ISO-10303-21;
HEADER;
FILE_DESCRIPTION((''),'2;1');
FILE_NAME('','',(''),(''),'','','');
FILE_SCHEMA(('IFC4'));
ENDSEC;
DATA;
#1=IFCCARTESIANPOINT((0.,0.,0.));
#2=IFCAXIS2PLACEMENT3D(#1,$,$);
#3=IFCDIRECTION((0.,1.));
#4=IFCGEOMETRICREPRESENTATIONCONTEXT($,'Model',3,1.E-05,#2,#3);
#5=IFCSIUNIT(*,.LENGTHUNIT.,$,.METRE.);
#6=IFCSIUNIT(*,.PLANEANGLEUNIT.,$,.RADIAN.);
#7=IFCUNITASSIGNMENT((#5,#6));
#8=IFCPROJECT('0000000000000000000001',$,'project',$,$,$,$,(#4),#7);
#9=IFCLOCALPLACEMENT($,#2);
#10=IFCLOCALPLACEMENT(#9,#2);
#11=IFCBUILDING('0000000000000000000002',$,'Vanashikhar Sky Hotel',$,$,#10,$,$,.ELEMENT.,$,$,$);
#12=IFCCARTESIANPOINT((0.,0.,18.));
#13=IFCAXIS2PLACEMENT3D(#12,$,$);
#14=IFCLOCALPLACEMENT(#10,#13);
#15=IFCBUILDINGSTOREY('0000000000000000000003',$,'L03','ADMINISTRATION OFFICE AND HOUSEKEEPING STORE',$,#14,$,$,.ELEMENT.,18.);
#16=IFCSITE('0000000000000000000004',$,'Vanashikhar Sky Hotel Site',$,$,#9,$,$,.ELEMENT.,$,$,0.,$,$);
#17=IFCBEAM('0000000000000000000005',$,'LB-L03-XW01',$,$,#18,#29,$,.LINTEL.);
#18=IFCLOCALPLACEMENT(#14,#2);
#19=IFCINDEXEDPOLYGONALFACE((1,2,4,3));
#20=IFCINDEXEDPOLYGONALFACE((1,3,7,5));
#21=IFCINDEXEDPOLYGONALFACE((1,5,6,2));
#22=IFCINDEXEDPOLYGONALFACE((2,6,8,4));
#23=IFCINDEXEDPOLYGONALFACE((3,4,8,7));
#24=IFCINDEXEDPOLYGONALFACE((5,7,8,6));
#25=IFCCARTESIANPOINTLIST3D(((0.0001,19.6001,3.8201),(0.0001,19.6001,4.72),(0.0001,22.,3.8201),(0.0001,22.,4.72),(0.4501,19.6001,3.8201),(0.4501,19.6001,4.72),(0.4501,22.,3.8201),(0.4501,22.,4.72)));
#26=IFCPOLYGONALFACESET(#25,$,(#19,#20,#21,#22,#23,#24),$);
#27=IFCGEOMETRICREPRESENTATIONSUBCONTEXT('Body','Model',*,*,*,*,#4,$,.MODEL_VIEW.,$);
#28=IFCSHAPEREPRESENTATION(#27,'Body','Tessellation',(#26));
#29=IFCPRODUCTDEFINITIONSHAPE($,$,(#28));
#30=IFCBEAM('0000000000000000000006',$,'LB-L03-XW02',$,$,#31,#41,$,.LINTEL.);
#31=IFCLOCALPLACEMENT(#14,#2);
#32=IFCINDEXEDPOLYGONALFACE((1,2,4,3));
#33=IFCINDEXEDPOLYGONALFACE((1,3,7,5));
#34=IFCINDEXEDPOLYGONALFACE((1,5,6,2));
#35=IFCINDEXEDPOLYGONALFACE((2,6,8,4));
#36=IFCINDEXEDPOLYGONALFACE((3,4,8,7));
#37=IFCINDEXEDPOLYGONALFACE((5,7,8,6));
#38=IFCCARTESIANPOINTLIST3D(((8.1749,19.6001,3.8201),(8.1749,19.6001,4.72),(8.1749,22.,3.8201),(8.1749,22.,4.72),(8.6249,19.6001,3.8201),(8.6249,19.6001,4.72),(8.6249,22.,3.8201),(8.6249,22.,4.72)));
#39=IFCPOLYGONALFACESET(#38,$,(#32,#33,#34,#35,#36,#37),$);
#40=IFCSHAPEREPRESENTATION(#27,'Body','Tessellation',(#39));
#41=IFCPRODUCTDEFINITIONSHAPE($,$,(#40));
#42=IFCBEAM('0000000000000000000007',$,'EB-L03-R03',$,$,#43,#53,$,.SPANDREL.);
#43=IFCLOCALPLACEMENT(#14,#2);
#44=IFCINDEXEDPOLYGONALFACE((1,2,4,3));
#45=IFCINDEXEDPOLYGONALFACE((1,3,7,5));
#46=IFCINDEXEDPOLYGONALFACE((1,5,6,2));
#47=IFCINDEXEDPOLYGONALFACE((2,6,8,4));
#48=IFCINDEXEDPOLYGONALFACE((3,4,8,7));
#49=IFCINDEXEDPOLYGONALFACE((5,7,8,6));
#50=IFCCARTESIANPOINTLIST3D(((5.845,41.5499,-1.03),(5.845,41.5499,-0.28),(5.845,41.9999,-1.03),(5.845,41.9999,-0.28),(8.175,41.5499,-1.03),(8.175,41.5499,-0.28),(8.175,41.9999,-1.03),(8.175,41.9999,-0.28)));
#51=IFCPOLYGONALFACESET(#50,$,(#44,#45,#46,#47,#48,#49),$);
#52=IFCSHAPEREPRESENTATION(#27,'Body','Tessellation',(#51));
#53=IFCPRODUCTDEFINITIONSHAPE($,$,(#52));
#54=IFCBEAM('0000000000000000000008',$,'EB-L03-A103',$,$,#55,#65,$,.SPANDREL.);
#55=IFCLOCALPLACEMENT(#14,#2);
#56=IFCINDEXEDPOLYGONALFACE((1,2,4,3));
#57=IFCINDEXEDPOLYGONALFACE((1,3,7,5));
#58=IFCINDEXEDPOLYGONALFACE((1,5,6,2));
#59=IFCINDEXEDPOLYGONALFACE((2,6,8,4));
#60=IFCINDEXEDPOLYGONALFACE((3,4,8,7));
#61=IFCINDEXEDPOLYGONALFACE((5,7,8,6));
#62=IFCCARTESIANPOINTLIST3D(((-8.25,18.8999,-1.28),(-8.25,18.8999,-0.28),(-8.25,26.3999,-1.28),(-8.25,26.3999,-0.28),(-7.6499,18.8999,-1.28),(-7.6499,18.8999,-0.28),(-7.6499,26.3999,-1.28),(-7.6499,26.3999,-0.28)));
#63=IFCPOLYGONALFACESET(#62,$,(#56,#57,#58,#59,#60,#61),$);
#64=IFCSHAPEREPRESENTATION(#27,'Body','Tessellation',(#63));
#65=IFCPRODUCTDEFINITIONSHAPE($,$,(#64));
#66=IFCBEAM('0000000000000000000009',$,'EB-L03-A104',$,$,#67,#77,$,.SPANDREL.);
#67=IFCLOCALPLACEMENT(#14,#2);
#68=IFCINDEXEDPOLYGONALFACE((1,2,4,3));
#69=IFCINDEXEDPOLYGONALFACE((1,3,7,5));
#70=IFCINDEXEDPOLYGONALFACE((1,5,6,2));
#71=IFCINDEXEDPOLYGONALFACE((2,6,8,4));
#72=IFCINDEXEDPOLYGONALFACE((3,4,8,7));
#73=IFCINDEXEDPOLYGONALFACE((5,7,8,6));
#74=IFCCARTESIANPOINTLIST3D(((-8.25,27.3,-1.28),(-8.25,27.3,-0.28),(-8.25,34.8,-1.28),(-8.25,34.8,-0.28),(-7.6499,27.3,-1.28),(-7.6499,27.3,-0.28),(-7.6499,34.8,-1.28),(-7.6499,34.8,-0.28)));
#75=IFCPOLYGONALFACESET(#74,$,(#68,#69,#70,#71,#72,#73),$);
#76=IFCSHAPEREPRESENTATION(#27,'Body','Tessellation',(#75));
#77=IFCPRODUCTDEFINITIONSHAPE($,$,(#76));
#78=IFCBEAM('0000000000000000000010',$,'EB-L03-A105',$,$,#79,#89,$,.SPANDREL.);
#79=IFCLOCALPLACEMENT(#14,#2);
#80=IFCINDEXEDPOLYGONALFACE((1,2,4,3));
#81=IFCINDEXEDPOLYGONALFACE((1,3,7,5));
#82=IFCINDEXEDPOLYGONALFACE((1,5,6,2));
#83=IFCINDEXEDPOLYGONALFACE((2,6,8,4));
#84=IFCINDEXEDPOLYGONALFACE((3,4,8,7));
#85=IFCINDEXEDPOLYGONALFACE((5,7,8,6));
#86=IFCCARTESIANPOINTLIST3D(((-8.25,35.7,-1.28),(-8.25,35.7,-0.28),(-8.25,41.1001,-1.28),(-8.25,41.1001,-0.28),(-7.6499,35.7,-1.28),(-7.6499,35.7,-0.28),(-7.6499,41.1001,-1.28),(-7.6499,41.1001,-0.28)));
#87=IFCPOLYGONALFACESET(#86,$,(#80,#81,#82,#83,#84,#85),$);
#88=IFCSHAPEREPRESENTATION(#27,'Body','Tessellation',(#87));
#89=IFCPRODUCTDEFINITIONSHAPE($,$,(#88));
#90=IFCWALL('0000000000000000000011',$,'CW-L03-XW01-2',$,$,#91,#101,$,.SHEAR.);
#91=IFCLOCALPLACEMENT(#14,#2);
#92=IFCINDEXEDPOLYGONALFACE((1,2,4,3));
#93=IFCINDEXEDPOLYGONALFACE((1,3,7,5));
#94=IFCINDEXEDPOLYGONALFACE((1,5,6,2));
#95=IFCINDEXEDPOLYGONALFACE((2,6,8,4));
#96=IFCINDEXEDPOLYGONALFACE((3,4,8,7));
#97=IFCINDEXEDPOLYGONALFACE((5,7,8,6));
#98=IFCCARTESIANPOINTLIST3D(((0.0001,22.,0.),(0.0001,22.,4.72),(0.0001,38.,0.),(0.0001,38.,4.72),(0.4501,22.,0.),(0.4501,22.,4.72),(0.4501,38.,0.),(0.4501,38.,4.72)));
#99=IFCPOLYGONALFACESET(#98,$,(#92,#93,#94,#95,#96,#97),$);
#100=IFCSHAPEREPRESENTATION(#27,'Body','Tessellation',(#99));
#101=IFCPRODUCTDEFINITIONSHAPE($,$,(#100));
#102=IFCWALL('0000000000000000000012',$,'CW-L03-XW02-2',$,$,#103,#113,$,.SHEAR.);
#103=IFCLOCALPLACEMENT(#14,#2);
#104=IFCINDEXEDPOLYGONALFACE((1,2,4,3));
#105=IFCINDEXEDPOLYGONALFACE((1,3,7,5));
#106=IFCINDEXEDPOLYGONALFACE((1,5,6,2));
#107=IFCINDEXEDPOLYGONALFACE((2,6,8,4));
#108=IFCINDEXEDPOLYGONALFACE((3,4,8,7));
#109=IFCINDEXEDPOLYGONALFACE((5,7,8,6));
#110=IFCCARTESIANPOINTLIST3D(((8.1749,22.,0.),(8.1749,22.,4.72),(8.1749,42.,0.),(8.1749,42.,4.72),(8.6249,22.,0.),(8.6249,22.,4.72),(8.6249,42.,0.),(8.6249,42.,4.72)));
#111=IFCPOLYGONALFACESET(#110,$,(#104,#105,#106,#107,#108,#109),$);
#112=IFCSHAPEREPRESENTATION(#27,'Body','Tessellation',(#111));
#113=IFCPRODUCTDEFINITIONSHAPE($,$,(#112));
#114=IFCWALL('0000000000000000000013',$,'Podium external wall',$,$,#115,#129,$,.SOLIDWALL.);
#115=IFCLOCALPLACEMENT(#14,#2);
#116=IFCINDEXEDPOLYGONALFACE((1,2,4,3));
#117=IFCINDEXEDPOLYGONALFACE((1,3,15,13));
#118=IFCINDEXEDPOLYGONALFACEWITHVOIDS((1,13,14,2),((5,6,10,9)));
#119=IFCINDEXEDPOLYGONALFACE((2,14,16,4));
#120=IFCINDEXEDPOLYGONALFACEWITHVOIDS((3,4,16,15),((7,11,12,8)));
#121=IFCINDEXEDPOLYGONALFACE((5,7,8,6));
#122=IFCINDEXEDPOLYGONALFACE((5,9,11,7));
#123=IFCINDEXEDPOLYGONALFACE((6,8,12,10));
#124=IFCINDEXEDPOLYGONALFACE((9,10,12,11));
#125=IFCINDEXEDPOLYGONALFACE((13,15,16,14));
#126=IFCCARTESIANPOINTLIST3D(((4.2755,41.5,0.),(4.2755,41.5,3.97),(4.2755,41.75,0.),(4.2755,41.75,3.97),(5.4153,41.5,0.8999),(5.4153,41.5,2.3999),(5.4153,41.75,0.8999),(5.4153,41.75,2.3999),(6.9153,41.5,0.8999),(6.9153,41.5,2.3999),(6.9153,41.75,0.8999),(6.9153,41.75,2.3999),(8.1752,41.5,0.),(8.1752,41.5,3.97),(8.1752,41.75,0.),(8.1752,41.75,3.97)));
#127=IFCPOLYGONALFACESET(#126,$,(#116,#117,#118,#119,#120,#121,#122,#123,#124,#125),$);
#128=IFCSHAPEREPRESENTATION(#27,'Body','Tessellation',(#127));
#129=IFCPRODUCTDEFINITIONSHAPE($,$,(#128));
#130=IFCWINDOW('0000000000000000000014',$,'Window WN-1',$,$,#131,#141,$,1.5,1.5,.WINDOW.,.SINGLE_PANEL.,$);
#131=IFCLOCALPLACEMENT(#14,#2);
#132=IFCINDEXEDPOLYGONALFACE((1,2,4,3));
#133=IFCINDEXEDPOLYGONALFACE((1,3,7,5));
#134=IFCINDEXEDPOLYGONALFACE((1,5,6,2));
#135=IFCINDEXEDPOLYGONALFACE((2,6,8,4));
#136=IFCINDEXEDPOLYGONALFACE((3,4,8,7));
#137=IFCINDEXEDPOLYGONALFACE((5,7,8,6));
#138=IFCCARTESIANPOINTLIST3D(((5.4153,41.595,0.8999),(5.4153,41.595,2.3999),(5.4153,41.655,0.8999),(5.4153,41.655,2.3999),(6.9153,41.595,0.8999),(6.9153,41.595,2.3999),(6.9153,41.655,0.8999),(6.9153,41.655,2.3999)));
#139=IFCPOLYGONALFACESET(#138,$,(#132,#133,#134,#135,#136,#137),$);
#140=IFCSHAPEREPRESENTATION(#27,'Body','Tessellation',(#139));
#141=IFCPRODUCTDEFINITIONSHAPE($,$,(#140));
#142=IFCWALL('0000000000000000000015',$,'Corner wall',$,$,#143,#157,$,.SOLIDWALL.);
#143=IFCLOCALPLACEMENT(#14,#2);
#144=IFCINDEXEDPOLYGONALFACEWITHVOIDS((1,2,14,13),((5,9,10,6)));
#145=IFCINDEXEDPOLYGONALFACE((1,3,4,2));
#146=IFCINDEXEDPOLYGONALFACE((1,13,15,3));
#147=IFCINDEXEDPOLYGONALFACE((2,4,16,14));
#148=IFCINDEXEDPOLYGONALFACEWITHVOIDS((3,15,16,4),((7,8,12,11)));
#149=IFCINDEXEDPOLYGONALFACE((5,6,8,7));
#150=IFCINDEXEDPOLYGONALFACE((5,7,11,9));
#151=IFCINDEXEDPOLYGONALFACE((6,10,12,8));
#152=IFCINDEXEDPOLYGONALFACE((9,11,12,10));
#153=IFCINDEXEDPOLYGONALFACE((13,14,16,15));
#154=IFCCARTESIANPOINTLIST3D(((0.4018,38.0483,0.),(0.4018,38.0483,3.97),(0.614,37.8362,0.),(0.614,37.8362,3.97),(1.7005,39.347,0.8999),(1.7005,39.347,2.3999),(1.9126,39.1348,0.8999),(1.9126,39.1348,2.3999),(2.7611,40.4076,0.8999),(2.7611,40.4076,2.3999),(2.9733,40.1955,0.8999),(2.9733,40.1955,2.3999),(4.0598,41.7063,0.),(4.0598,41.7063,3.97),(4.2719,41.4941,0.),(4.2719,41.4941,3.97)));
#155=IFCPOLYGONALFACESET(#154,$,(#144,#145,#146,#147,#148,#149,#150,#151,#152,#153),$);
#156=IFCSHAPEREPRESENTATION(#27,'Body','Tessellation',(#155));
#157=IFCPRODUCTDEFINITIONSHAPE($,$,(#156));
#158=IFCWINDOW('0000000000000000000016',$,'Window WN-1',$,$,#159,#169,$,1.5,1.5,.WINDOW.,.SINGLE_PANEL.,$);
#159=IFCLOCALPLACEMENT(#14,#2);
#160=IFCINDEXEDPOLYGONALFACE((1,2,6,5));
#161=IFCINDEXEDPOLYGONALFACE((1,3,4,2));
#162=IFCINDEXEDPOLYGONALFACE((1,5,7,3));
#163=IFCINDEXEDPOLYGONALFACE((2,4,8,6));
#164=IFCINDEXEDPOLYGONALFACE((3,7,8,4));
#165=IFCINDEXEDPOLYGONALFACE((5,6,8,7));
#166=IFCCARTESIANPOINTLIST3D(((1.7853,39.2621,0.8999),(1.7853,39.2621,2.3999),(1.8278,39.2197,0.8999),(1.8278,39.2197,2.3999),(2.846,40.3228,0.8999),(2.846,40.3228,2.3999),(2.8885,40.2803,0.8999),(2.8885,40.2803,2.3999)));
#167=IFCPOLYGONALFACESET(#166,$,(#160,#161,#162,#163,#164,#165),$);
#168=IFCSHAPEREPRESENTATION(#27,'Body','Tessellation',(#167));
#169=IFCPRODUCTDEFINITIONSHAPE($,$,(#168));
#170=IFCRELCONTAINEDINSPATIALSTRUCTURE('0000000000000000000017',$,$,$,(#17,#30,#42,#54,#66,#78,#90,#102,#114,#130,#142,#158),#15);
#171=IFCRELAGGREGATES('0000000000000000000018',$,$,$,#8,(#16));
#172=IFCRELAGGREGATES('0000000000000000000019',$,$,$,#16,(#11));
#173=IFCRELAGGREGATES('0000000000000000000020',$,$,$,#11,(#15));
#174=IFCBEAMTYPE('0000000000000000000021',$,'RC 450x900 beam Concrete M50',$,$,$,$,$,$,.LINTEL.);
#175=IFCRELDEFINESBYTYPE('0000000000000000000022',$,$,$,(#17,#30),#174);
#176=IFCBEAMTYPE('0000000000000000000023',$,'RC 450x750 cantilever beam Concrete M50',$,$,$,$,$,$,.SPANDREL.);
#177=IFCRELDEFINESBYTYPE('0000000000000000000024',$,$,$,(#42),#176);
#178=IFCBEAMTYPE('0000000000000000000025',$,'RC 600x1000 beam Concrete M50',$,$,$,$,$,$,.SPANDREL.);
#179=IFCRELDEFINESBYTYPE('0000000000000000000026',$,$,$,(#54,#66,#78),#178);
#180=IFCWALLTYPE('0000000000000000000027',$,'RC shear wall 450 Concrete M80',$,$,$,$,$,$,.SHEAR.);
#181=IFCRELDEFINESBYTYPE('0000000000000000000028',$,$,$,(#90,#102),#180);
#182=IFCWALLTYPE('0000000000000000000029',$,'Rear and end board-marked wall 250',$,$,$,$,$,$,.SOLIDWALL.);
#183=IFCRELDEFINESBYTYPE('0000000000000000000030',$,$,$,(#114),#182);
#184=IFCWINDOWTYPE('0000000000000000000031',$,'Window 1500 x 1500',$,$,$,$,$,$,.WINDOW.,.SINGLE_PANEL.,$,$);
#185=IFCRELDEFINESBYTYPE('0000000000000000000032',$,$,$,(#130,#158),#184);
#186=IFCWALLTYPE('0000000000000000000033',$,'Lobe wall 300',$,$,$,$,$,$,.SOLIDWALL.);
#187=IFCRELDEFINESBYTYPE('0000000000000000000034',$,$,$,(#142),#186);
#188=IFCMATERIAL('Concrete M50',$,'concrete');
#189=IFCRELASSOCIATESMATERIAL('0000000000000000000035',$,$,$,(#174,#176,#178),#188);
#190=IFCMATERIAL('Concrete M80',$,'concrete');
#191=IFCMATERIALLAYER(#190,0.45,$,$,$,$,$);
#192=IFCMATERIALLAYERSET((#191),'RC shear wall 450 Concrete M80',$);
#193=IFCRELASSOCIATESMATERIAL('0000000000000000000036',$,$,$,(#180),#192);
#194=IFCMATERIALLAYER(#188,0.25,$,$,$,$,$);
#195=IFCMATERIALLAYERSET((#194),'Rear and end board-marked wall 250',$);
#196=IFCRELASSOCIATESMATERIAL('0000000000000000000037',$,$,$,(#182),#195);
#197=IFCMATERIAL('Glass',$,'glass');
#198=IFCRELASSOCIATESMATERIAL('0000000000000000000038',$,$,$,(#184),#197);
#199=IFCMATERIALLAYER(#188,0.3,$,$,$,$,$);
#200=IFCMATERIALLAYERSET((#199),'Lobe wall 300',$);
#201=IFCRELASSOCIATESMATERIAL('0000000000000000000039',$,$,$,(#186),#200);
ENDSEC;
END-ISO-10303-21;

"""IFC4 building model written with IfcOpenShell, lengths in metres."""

from ifc_helpers import new_model, si_unit, direction, frame, frame_2d, origin, origin_2d, place, context, subcontext, project, spatial, rectangle, extrude, source, transform, mapped, material, layer, layer_set, material_profile, profile_set, type_object, element, fill, save


model = new_model("IFC4")

# Units and contexts
model_context = context("Model", 3, precision=1e-05, world=origin(), true_north=direction((0.0, 1.0)))
body_context = subcontext(model_context, "Body", "Model", "MODEL_VIEW")
ifc_project = project(units=[si_unit("LENGTHUNIT", "METRE"), si_unit("PLANEANGLEUNIT", "RADIAN")], contexts=[model_context])

# Site, building, storey
site_placement = place(None, origin())
site = spatial("IfcSite", under=ifc_project, at=site_placement, Name="Vanashikhar Sky Hotel Site", CompositionType="ELEMENT", RefElevation=0.0)
building_placement = place(site_placement, origin())
building = spatial("IfcBuilding", under=site, at=building_placement, Name="Vanashikhar Sky Hotel", CompositionType="ELEMENT")
storey_placement = place(building_placement, frame((0.0, 0.0, 18.0)))
storey = spatial("IfcBuildingStorey", under=building, at=storey_placement, Name="L03", Description="ADMINISTRATION OFFICE AND HOUSEKEEPING STORE", CompositionType="ELEMENT", Elevation=18.0)

# Beams
ifc_material_1 = material(Name="Concrete M50", Category="concrete")
ifc_material_profile_1 = material_profile(ifc_material_1, rectangle(XDim=0.45, YDim=0.8999, at=origin_2d()))
ifc_profile_set_1 = profile_set([ifc_material_profile_1], Name="RC 450x900 beam Concrete M50")
beam_type_1 = type_object("IfcBeamType", Name="RC 450x900 beam Concrete M50", PredefinedType="LINTEL", material=ifc_profile_set_1)
shared_shape_1 = source(origin(), body_context, "Body", "SweptSolid", [
    extrude(rectangle(XDim=0.45, YDim=0.8999, at=origin_2d()), origin(), (0.0, 0.0, 1.0), 2.3999),
])
for number, where, z_axis, x_axis, name in (
    (1, (0.2251, 19.6001, 4.27), (0.0, 1.0, 0.0), (-1.0, 0.0, 0.0), "LB-L03-XW01"),
    (2, (8.3999, 19.6001, 4.27), (0.0, 1.0, 0.0), (-1.0, 0.0, 0.0), "LB-L03-XW02"),
):
    element("IfcBeam", number, at=place(storey_placement, frame(where, z_axis=z_axis, x_axis=x_axis)), inside=storey, type_object=beam_type_1, Name=name, PredefinedType="LINTEL", context=body_context, shape_type="MappedRepresentation", body=[
        mapped(shared_shape_1, transform((0.0, 0.0, 0.0), scale=1.0)),
    ])
ifc_material_profile_2 = material_profile(ifc_material_1, rectangle(XDim=0.45, YDim=0.75, at=origin_2d()))
ifc_profile_set_2 = profile_set([ifc_material_profile_2], Name="RC 450x750 cantilever beam Concrete M50")
beam_type_2 = type_object("IfcBeamType", Name="RC 450x750 cantilever beam Concrete M50", PredefinedType="SPANDREL", material=ifc_profile_set_2)
shared_shape_2 = source(origin(), body_context, "Body", "SweptSolid", [
    extrude(rectangle(XDim=0.45, YDim=0.75, at=origin_2d()), origin(), (0.0, 0.0, 1.0), 2.3301),
])
beam_1_placement = place(storey_placement, frame((5.845, 41.7749, -0.655), z_axis=(1.0, 0.0, 0.0), x_axis=(0.0, 1.0, 0.0)))
element("IfcBeam", 3, at=beam_1_placement, inside=storey, type_object=beam_type_2, Name="EB-L03-R03", PredefinedType="SPANDREL", context=body_context, shape_type="MappedRepresentation", body=[
    mapped(shared_shape_2, transform((0.0, 0.0, 0.0), scale=1.0)),
])
ifc_material_profile_3 = material_profile(ifc_material_1, rectangle(XDim=0.6001, YDim=1.0, at=origin_2d()))
ifc_profile_set_3 = profile_set([ifc_material_profile_3], Name="RC 600x1000 beam Concrete M50")
beam_type_3 = type_object("IfcBeamType", Name="RC 600x1000 beam Concrete M50", PredefinedType="SPANDREL", material=ifc_profile_set_3)
shared_shape_3 = source(origin(), body_context, "Body", "SweptSolid", [
    extrude(rectangle(XDim=0.6001, YDim=1.0, at=origin_2d()), origin(), (0.0, 0.0, 1.0), 7.5),
])
for number, where, z_axis, x_axis, name in (
    (4, (-7.95, 18.8999, -0.78), (0.0, 1.0, 0.0), (-1.0, 0.0, 0.0), "EB-L03-A103"),
    (5, (-7.95, 27.3, -0.78), (0.0, 1.0, 0.0), (-1.0, 0.0, 0.0), "EB-L03-A104"),
):
    element("IfcBeam", number, at=place(storey_placement, frame(where, z_axis=z_axis, x_axis=x_axis)), inside=storey, type_object=beam_type_3, Name=name, PredefinedType="SPANDREL", context=body_context, shape_type="MappedRepresentation", body=[
        mapped(shared_shape_3, transform((0.0, 0.0, 0.0), scale=1.0)),
    ])
shared_shape_4 = source(origin(), body_context, "Body", "SweptSolid", [
    extrude(rectangle(XDim=0.6001, YDim=1.0, at=origin_2d()), origin(), (0.0, 0.0, 1.0), 5.4001),
])
beam_2_placement = place(storey_placement, frame((-7.95, 35.7, -0.78), z_axis=(0.0, 1.0, 0.0), x_axis=(-1.0, 0.0, 0.0)))
element("IfcBeam", 6, at=beam_2_placement, inside=storey, type_object=beam_type_3, Name="EB-L03-A105", PredefinedType="SPANDREL", context=body_context, shape_type="MappedRepresentation", body=[
    mapped(shared_shape_4, transform((0.0, 0.0, 0.0), scale=1.0)),
])

# Walls
ifc_material_2 = material(Name="Concrete M80", Category="concrete")
ifc_layer_1 = layer(ifc_material_2, 0.45)
ifc_layer_set_1 = layer_set([ifc_layer_1], Name="RC shear wall 450 Concrete M80")
wall_type_1 = type_object("IfcWallType", Name="RC shear wall 450 Concrete M80", PredefinedType="SHEAR", material=ifc_layer_set_1)
shared_shape_5 = source(origin(), body_context, "Body", "SweptSolid", [
    extrude(rectangle(XDim=16.0, YDim=0.45, at=frame_2d((8.0, 0.0))), origin(), (0.0, 0.0, 1.0), 4.72),
])
wall_1_placement = place(storey_placement, frame((0.2251, 22.0, 0.0), z_axis=(0.0, 0.0, 1.0), x_axis=(0.0, 1.0, 0.0)))
element("IfcWall", 7, at=wall_1_placement, inside=storey, type_object=wall_type_1, Name="CW-L03-XW01-2", PredefinedType="SHEAR", context=body_context, shape_type="MappedRepresentation", body=[
    mapped(shared_shape_5, transform((0.0, 0.0, 0.0), scale=1.0)),
])
shared_shape_6 = source(origin(), body_context, "Body", "SweptSolid", [
    extrude(rectangle(XDim=20.0, YDim=0.45, at=frame_2d((10.0, 0.0))), origin(), (0.0, 0.0, 1.0), 4.72),
])
wall_2_placement = place(storey_placement, frame((8.3999, 22.0, 0.0), z_axis=(0.0, 0.0, 1.0), x_axis=(0.0, 1.0, 0.0)))
element("IfcWall", 8, at=wall_2_placement, inside=storey, type_object=wall_type_1, Name="CW-L03-XW02-2", PredefinedType="SHEAR", context=body_context, shape_type="MappedRepresentation", body=[
    mapped(shared_shape_6, transform((0.0, 0.0, 0.0), scale=1.0)),
])

# Walls, openings, windows
ifc_layer_2 = layer(ifc_material_1, 0.25)
ifc_layer_set_2 = layer_set([ifc_layer_2], Name="Rear and end board-marked wall 250")
wall_type_2 = type_object("IfcWallType", Name="Rear and end board-marked wall 250", PredefinedType="SOLIDWALL", material=ifc_layer_set_2)
shared_shape_7 = source(origin(), body_context, "Body", "SweptSolid", [
    extrude(rectangle(XDim=3.8997, YDim=0.25, at=frame_2d((1.9497, 0.0))), origin(), (0.0, 0.0, 1.0), 3.97),
])
wall_3_placement = place(storey_placement, frame((8.175, 41.625, 0.0), z_axis=(0.0, 0.0, 1.0), x_axis=(-1.0, 0.0, 0.0)))
wall_3 = element("IfcWall", 9, at=wall_3_placement, inside=storey, type_object=wall_type_2, Name="Podium external wall", PredefinedType="SOLIDWALL", context=body_context, shape_type="MappedRepresentation", body=[
    mapped(shared_shape_7, transform((0.0, 0.0, 0.0), scale=1.0)),
])
shared_shape_8 = source(origin(), body_context, "Body", "SweptSolid", [
    extrude(rectangle(XDim=1.5, YDim=1.5, at=frame_2d((0.75, 0.75))), frame((0.0, 0.135, 0.0), z_axis=(0.0, -1.0, 0.0), x_axis=(1.0, 0.0, 0.0)), (0.0, 0.0, 1.0), 0.27),
])
opening_1_placement = place(wall_3_placement, frame((1.2598, 0.0, 0.8999)))
opening_1 = element("IfcOpeningElement", 10, at=opening_1_placement, cuts=wall_3, PredefinedType="OPENING", context=body_context, shape_type="MappedRepresentation", body=[
    mapped(shared_shape_8, transform((0.0, 0.0, 0.0), scale=1.0)),
])
ifc_material_3 = material(Name="Glass", Category="glass")
window_type = type_object("IfcWindowType", Name="Window 1500 x 1500", PartitioningType="SINGLE_PANEL", PredefinedType="WINDOW", material=ifc_material_3)
shared_shape_9 = source(origin(), body_context, "Body", "SweptSolid", [
    extrude(rectangle(XDim=1.5, YDim=1.5, at=frame_2d((0.75, 0.75))), frame((0.0, 0.03, 0.0), z_axis=(0.0, -1.0, 0.0), x_axis=(1.0, 0.0, 0.0)), (0.0, 0.0, 1.0), 0.0601),
])
window_1_placement = place(opening_1_placement, origin())
window_1 = element("IfcWindow", 11, at=window_1_placement, inside=storey, type_object=window_type, Name="Window WN-1", OverallHeight=1.5, OverallWidth=1.5, PartitioningType="SINGLE_PANEL", PredefinedType="WINDOW", context=body_context, shape_type="MappedRepresentation", body=[
    mapped(shared_shape_9, transform((0.0, 0.0, 0.0), scale=1.0)),
])
fill(opening_1, window_1)
ifc_layer_3 = layer(ifc_material_1, 0.3)
ifc_layer_set_3 = layer_set([ifc_layer_3], Name="Lobe wall 300")
wall_type_3 = type_object("IfcWallType", Name="Lobe wall 300", PredefinedType="SOLIDWALL", material=ifc_layer_set_3)
shared_shape_10 = source(origin(), body_context, "Body", "SweptSolid", [
    extrude(rectangle(XDim=5.1731, YDim=0.3, at=frame_2d((2.5864, 0.0))), origin(), (0.0, 0.0, 1.0), 3.97),
])
wall_4_placement = place(storey_placement, frame((4.1658, 41.6001, 0.0), z_axis=(0.0, 0.0, 1.0), x_axis=(-0.707107, -0.707107, 0.0)))
wall_4 = element("IfcWall", 12, at=wall_4_placement, inside=storey, type_object=wall_type_3, Name="Corner wall", PredefinedType="SOLIDWALL", context=body_context, shape_type="MappedRepresentation", body=[
    mapped(shared_shape_10, transform((0.0, 0.0, 0.0), scale=1.0)),
])
shared_shape_11 = source(origin(), body_context, "Body", "SweptSolid", [
    extrude(rectangle(XDim=1.5, YDim=1.5, at=frame_2d((0.75, 0.75))), frame((0.0, 0.1602, 0.0), z_axis=(0.0, -1.0, 0.0), x_axis=(1.0, 0.0, 0.0)), (0.0, 0.0, 1.0), 0.3201),
])
opening_2_placement = place(wall_4_placement, frame((1.8364, 0.0, 0.8999)))
opening_2 = element("IfcOpeningElement", 13, at=opening_2_placement, cuts=wall_4, PredefinedType="OPENING", context=body_context, shape_type="MappedRepresentation", body=[
    mapped(shared_shape_11, transform((0.0, 0.0, 0.0), scale=1.0)),
])
window_2_placement = place(opening_2_placement, origin())
window_2 = element("IfcWindow", 14, at=window_2_placement, inside=storey, type_object=window_type, Name="Window WN-1", OverallHeight=1.5, OverallWidth=1.5, PartitioningType="SINGLE_PANEL", PredefinedType="WINDOW", context=body_context, shape_type="MappedRepresentation", body=[
    mapped(shared_shape_9, transform((0.0, 0.0, 0.0), scale=1.0)),
])
fill(opening_2, window_2)

save(model, "model.ifc")
